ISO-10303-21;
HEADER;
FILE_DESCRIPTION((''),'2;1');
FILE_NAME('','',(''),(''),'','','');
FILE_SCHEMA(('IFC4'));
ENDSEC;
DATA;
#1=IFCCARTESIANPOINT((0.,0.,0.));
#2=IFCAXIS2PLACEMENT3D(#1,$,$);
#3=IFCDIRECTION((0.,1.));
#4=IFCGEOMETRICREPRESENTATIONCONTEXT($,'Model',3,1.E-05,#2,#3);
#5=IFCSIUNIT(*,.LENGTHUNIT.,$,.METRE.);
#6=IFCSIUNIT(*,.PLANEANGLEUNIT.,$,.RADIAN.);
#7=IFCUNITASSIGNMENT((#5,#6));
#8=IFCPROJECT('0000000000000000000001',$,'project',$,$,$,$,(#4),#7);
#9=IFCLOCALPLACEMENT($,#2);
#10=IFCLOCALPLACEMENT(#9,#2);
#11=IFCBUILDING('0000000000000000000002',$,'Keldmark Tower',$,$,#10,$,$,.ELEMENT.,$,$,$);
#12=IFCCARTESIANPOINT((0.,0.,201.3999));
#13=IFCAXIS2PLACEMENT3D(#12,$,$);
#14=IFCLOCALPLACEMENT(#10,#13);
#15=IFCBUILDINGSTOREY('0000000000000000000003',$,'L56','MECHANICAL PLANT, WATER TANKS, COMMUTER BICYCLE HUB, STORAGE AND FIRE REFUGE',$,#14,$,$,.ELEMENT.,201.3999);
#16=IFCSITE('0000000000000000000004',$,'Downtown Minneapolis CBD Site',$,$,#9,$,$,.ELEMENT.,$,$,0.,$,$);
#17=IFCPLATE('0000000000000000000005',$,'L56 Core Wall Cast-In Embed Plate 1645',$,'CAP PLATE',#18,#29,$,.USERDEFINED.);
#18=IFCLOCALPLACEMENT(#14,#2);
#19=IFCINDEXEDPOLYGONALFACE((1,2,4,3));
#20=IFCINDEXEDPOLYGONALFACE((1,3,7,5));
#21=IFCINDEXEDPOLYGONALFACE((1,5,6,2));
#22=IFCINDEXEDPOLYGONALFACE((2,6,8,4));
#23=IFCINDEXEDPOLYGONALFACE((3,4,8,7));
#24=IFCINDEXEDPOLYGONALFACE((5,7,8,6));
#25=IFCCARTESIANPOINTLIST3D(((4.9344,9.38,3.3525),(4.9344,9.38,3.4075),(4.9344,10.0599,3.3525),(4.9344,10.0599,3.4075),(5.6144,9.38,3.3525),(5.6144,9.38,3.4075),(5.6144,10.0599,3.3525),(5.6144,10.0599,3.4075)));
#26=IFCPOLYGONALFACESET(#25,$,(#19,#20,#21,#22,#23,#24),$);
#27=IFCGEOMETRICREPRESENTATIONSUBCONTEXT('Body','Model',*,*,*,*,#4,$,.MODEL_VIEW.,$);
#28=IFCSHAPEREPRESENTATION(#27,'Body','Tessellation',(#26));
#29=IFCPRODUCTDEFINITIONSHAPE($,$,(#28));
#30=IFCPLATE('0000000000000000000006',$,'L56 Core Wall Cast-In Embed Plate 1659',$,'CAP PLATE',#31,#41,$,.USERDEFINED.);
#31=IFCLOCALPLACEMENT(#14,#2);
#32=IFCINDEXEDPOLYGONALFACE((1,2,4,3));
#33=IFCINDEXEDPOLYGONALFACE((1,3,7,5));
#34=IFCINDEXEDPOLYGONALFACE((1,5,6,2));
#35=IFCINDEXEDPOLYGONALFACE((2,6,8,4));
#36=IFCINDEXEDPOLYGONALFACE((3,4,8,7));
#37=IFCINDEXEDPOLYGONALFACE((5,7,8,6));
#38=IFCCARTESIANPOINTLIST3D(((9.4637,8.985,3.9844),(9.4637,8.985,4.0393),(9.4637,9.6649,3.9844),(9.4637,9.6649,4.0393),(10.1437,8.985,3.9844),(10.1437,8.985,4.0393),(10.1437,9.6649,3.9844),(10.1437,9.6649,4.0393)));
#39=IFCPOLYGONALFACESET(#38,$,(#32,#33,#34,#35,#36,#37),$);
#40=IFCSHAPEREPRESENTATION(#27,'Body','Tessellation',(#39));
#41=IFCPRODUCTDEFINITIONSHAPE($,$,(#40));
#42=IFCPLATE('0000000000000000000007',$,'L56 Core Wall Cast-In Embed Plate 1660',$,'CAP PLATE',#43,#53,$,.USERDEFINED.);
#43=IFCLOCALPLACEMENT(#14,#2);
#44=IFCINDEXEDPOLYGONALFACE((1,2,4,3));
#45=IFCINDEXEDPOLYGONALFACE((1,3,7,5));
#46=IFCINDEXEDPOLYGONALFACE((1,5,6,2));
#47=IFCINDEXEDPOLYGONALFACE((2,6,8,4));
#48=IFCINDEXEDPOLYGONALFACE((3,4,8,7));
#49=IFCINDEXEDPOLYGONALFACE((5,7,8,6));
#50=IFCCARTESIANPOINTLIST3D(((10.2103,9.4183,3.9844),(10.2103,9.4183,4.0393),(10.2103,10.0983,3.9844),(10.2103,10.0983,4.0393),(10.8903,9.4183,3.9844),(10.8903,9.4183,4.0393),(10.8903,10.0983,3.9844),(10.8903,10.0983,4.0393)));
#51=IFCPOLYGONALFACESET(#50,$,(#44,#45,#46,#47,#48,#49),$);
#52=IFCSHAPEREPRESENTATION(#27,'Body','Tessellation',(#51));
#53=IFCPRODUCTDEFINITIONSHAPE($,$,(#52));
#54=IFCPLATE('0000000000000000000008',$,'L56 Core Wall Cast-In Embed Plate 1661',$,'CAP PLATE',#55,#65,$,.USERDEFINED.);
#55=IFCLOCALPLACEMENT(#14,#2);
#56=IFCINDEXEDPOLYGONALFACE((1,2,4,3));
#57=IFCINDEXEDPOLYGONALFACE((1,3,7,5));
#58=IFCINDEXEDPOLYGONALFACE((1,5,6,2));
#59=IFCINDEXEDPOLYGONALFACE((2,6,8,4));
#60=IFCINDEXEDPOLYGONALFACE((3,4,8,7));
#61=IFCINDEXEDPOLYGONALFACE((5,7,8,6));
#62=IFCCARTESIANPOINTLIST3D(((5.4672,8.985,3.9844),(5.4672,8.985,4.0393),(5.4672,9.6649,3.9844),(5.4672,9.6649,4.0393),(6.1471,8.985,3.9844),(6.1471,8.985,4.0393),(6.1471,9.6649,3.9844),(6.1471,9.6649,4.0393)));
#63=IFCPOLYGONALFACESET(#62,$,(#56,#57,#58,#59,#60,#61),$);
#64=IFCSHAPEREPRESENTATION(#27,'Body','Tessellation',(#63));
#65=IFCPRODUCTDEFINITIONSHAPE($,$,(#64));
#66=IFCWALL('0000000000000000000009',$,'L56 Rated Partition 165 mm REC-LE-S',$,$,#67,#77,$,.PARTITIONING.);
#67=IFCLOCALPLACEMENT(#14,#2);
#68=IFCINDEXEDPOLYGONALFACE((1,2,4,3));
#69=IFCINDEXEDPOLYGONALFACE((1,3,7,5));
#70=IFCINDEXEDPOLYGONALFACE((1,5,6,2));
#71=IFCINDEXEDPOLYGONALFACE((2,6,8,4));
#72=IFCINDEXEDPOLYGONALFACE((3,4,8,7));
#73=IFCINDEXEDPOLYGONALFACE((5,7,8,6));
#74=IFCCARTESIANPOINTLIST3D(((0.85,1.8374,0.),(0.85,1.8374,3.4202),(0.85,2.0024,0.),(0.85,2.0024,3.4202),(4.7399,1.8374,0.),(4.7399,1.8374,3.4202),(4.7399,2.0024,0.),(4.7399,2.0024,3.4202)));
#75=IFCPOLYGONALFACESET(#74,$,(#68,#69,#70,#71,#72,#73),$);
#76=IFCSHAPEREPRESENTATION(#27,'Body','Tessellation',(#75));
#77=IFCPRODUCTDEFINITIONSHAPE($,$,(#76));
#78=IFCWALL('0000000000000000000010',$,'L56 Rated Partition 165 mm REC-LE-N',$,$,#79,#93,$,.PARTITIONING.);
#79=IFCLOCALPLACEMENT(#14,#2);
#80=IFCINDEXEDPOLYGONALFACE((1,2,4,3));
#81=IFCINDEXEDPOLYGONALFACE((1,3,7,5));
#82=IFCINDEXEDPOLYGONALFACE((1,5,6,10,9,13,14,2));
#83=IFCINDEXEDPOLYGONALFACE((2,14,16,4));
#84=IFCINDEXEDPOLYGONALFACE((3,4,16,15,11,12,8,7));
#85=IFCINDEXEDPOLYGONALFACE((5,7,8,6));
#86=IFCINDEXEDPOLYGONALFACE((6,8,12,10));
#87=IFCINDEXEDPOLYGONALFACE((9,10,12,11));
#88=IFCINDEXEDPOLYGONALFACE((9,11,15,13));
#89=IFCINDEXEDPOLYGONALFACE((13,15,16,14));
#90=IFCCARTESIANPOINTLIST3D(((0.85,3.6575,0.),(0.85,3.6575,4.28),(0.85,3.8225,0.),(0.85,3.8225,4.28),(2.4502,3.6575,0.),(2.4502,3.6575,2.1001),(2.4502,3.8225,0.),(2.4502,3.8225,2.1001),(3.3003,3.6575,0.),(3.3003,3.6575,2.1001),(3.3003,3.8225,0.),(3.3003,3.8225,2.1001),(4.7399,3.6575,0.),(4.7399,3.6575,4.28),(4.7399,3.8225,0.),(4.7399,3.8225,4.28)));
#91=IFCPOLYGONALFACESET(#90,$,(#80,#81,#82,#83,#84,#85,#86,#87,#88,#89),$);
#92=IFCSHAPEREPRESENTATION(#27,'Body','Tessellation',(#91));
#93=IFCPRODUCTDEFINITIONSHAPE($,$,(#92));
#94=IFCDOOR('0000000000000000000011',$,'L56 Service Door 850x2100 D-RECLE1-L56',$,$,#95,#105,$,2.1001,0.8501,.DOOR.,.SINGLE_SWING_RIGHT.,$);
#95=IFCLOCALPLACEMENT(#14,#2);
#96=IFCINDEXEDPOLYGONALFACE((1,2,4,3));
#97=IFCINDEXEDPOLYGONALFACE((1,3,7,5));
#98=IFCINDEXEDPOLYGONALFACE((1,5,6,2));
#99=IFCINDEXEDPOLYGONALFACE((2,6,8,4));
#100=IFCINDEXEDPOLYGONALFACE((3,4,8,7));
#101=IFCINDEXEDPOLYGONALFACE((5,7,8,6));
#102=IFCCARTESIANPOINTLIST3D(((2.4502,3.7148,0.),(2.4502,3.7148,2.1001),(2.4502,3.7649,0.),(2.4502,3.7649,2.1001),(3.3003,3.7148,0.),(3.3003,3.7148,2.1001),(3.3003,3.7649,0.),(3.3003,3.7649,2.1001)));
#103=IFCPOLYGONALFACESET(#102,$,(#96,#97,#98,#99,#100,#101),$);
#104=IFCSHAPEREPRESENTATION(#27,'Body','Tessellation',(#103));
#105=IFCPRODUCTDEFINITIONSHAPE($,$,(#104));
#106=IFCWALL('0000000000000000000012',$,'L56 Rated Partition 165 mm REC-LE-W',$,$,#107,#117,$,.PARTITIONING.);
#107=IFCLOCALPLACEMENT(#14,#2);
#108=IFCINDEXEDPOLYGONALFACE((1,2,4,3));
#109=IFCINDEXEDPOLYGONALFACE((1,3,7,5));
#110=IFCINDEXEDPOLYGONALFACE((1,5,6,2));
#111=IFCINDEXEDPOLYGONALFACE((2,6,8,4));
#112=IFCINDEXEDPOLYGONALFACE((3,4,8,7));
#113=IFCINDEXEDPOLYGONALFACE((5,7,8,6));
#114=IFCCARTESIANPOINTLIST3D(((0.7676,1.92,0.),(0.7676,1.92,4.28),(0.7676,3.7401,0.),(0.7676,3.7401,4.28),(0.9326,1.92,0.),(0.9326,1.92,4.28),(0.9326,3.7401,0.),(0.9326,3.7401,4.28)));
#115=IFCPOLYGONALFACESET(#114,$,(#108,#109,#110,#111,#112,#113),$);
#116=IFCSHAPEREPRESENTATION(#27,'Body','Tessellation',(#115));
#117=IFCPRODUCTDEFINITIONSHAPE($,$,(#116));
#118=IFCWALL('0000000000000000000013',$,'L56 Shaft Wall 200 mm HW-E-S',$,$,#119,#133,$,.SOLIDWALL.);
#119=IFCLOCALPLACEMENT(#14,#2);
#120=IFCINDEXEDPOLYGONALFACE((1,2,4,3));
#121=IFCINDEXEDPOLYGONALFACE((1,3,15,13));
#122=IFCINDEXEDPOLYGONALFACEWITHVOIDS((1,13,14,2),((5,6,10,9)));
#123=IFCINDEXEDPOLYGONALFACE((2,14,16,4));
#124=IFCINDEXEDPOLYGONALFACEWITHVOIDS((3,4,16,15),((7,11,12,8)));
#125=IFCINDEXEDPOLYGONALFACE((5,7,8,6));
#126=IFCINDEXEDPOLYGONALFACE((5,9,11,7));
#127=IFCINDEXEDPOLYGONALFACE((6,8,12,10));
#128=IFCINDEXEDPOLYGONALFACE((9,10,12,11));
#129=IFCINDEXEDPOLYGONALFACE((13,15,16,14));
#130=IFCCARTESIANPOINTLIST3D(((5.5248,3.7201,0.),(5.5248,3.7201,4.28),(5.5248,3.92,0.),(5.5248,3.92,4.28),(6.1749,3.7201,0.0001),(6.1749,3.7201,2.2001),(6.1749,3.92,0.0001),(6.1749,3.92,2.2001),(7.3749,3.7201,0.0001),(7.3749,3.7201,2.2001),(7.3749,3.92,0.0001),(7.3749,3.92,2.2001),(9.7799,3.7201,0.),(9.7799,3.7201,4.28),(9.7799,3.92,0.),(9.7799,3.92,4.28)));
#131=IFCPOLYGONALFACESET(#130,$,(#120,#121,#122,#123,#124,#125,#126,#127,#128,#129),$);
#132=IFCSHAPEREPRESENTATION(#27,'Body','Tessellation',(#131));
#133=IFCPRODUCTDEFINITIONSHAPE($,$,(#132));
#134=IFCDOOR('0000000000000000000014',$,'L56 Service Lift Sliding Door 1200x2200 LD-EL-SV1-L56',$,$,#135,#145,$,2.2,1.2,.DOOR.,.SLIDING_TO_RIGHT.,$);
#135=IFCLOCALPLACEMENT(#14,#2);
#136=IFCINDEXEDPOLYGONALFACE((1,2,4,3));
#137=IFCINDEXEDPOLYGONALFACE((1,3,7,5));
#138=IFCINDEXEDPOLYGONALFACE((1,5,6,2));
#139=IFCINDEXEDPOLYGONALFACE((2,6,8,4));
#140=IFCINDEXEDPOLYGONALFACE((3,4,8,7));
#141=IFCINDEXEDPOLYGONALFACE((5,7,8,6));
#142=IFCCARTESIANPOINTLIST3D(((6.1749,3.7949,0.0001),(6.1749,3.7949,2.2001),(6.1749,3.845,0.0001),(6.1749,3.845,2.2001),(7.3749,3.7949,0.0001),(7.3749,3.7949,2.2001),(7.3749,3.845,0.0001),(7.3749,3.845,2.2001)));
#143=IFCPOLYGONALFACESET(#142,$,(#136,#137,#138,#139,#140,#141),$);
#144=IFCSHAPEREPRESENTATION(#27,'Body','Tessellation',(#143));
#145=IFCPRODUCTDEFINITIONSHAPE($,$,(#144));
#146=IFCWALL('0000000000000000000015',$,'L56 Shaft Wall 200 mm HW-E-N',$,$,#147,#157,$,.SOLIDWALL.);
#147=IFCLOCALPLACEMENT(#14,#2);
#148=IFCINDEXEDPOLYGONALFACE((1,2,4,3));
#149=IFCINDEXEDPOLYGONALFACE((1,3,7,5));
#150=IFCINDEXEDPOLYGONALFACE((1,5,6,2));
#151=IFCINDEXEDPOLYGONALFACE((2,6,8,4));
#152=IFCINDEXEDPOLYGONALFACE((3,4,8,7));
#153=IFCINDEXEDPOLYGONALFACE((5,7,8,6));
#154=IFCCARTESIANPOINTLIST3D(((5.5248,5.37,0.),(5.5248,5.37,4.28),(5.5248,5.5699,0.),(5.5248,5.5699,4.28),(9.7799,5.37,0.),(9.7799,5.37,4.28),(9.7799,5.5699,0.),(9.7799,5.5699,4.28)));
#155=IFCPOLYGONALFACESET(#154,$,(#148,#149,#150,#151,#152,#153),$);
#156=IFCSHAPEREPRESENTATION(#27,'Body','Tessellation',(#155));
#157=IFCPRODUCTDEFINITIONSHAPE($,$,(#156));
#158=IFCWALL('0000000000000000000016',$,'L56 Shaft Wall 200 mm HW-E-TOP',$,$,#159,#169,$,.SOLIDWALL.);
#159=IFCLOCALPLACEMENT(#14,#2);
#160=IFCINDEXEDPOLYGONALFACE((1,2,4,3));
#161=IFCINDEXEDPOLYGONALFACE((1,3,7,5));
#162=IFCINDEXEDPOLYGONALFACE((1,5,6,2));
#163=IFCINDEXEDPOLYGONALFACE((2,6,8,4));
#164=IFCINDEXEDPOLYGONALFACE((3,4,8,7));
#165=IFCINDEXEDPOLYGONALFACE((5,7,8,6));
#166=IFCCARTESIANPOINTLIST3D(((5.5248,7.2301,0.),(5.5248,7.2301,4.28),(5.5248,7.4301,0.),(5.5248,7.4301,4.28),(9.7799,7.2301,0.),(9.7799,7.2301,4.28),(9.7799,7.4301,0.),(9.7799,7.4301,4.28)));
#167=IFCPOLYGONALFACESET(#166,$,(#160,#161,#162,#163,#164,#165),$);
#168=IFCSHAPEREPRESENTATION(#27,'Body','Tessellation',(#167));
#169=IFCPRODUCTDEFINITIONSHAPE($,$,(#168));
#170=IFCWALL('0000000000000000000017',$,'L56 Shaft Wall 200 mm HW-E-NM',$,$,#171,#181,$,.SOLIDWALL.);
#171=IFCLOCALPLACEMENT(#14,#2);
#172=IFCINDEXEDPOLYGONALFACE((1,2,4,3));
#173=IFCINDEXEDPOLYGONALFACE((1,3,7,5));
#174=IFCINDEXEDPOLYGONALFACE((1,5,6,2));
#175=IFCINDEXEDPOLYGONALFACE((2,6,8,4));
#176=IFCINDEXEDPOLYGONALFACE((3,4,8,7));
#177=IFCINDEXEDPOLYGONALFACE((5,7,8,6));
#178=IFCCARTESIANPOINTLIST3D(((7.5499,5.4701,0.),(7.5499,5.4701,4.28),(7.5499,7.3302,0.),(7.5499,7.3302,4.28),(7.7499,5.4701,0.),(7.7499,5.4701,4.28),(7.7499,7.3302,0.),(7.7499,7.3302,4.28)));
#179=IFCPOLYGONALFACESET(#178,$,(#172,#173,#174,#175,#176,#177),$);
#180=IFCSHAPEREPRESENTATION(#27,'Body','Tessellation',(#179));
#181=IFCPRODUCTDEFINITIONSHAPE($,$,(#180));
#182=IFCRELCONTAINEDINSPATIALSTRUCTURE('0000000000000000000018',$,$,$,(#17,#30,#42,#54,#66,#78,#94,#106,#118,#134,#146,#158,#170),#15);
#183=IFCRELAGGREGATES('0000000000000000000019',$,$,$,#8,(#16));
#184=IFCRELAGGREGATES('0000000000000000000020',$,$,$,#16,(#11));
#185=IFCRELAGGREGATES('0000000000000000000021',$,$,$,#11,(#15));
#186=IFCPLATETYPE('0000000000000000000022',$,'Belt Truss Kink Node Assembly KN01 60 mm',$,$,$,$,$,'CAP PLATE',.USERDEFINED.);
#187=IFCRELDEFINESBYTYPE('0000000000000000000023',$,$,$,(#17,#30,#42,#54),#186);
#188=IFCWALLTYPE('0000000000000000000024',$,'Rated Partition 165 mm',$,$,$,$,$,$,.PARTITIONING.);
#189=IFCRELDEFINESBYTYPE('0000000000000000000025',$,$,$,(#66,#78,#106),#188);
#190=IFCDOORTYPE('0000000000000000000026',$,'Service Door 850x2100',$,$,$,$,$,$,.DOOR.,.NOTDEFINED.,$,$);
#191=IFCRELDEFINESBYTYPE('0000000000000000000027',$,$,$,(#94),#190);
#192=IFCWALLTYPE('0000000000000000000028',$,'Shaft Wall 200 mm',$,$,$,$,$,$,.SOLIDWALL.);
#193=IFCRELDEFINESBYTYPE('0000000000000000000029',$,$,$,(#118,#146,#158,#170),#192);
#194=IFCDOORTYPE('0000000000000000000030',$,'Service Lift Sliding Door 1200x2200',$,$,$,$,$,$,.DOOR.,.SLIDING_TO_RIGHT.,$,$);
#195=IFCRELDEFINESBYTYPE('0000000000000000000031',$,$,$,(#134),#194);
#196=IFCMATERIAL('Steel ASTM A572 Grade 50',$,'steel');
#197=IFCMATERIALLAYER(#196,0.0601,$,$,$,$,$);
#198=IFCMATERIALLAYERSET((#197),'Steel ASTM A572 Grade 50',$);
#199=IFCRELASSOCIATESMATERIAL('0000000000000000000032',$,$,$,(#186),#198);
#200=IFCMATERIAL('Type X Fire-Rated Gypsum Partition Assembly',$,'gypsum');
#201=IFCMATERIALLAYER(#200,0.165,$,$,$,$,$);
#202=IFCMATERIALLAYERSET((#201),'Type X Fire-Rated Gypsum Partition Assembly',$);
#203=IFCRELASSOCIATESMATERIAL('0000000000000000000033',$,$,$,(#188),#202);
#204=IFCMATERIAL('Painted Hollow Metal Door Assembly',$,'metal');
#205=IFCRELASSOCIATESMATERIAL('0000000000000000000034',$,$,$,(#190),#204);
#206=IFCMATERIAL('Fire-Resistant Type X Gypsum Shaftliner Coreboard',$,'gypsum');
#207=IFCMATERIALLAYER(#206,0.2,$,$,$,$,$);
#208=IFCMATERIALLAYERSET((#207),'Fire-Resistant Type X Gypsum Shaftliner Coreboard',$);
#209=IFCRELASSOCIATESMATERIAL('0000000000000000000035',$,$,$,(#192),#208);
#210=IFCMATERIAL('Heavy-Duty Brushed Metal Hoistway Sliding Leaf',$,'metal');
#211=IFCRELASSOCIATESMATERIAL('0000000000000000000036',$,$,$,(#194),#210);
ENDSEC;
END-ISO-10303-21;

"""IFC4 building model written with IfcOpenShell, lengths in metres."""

from ifc_helpers import new_model, si_unit, direction, frame, frame_2d, origin, origin_2d, place, context, subcontext, project, spatial, rectangle, extrude, material, layer, layer_set, type_object, element, fill, save


model = new_model("IFC4")

# Units and contexts
model_context = context("Model", 3, precision=1e-05, world=origin(), true_north=direction((0.0, 1.0)))
body_context = subcontext(model_context, "Body", "Model", "MODEL_VIEW")
ifc_project = project(units=[si_unit("LENGTHUNIT", "METRE"), si_unit("PLANEANGLEUNIT", "RADIAN")], contexts=[model_context])

# Site, building, storey
site_placement = place(None, origin())
site = spatial("IfcSite", under=ifc_project, at=site_placement, Name="Downtown Minneapolis CBD Site", CompositionType="ELEMENT", RefElevation=0.0)
building_placement = place(site_placement, origin())
building = spatial("IfcBuilding", under=site, at=building_placement, Name="Keldmark Tower", CompositionType="ELEMENT")
storey_placement = place(building_placement, frame((0.0, 0.0, 201.3999)))
storey = spatial("IfcBuildingStorey", under=building, at=storey_placement, Name="L56", Description="MECHANICAL PLANT, WATER TANKS, COMMUTER BICYCLE HUB, STORAGE AND FIRE REFUGE", CompositionType="ELEMENT", Elevation=201.3999)

# Plates
ifc_material_1 = material(Name="Steel ASTM A572 Grade 50", Category="steel")
ifc_layer_1 = layer(ifc_material_1, 0.0601)
ifc_layer_set_1 = layer_set([ifc_layer_1], Name="Steel ASTM A572 Grade 50")
plate_type = type_object("IfcPlateType", Name="Belt Truss Kink Node Assembly KN01 60 mm", ElementType="CAP PLATE", PredefinedType="USERDEFINED", material=ifc_layer_set_1)
for number, where, z_axis, x_axis, name in (
    (1, (5.2744, 9.72, 3.3525), (0.0, 0.0, 1.0), (1.0, 0.0, 0.0), "L56 Core Wall Cast-In Embed Plate 1645"),
    (2, (9.8037, 9.325, 3.9844), (0.0, 0.0, 1.0), (1.0, 0.0, 0.0), "L56 Core Wall Cast-In Embed Plate 1659"),
    (3, (10.5503, 9.7583, 3.9844), (0.0, 0.0, 1.0), (1.0, 0.0, 0.0), "L56 Core Wall Cast-In Embed Plate 1660"),
    (4, (5.8071, 9.325, 3.9844), (0.0, 0.0, 1.0), (1.0, 0.0, 0.0), "L56 Core Wall Cast-In Embed Plate 1661"),
):
    element("IfcPlate", number, at=place(storey_placement, frame(where, z_axis=z_axis, x_axis=x_axis)), inside=storey, type_object=plate_type, Name=name, ObjectType="CAP PLATE", PredefinedType="USERDEFINED", context=body_context, shape_type="SweptSolid", body=[
        extrude(rectangle(XDim=0.6799, YDim=0.6799, at=origin_2d()), origin(), (0.0, 0.0, 1.0), 0.0549),
    ])

# Wall
ifc_material_2 = material(Name="Type X Fire-Rated Gypsum Partition Assembly", Category="gypsum")
ifc_layer_2 = layer(ifc_material_2, 0.165)
ifc_layer_set_2 = layer_set([ifc_layer_2], Name="Type X Fire-Rated Gypsum Partition Assembly")
wall_type_1 = type_object("IfcWallType", Name="Rated Partition 165 mm", PredefinedType="PARTITIONING", material=ifc_layer_set_2)
wall_1_placement = place(storey_placement, frame((0.8501, 1.9199, 0.0), z_axis=(0.0, 0.0, 1.0), x_axis=(1.0, 0.0, 0.0)))
element("IfcWall", 5, at=wall_1_placement, inside=storey, type_object=wall_type_1, Name="L56 Rated Partition 165 mm REC-LE-S", PredefinedType="PARTITIONING", context=body_context, shape_type="SweptSolid", body=[
    extrude(rectangle(XDim=3.8899, YDim=0.165, at=frame_2d((1.9448, 0.0))), origin(), (0.0, 0.0, 1.0), 3.4202),
])

# Wall, opening, door
wall_2_placement = place(storey_placement, frame((0.8501, 3.74, 0.0), z_axis=(0.0, 0.0, 1.0), x_axis=(1.0, 0.0, 0.0)))
wall_2 = element("IfcWall", 6, at=wall_2_placement, inside=storey, type_object=wall_type_1, Name="L56 Rated Partition 165 mm REC-LE-N", PredefinedType="PARTITIONING", context=body_context, shape_type="SweptSolid", body=[
    extrude(rectangle(XDim=3.8899, YDim=0.165, at=frame_2d((1.9448, 0.0))), origin(), (0.0, 0.0, 1.0), 4.28),
])
opening_1_placement = place(wall_2_placement, frame((1.6001, 0.0, 0.0)))
opening_1 = element("IfcOpeningElement", 7, at=opening_1_placement, cuts=wall_2, PredefinedType="OPENING", context=body_context, shape_type="SweptSolid", body=[
    extrude(rectangle(XDim=0.8501, YDim=2.1001, at=frame_2d((0.425, 1.05))), frame((0.0, 0.0925, 0.0), z_axis=(0.0, -1.0, 0.0), x_axis=(1.0, 0.0, 0.0)), (0.0, 0.0, 1.0), 0.1851),
])
ifc_material_3 = material(Name="Painted Hollow Metal Door Assembly", Category="metal")
door_type_1 = type_object("IfcDoorType", Name="Service Door 850x2100", OperationType="NOTDEFINED", PredefinedType="DOOR", material=ifc_material_3)
door_1_placement = place(opening_1_placement, origin())
door_1 = element("IfcDoor", 8, at=door_1_placement, inside=storey, type_object=door_type_1, Name="L56 Service Door 850x2100 D-RECLE1-L56", OperationType="SINGLE_SWING_RIGHT", OverallHeight=2.1001, OverallWidth=0.8501, PredefinedType="DOOR", context=body_context, shape_type="SweptSolid", body=[
    extrude(rectangle(XDim=0.8501, YDim=2.1001, at=frame_2d((0.425, 1.05))), frame((0.0, 0.0249, 0.0), z_axis=(0.0, -1.0, 0.0), x_axis=(1.0, 0.0, 0.0)), (0.0, 0.0, 1.0), 0.05),
])
fill(opening_1, door_1)

# Wall
wall_3_placement = place(storey_placement, frame((0.8501, 1.9199, 0.0), z_axis=(0.0, 0.0, 1.0), x_axis=(0.0, 1.0, 0.0)))
element("IfcWall", 9, at=wall_3_placement, inside=storey, type_object=wall_type_1, Name="L56 Rated Partition 165 mm REC-LE-W", PredefinedType="PARTITIONING", context=body_context, shape_type="SweptSolid", body=[
    extrude(rectangle(XDim=1.8201, YDim=0.165, at=frame_2d((0.9102, 0.0))), origin(), (0.0, 0.0, 1.0), 4.28),
])

# Wall, opening, door
ifc_material_4 = material(Name="Fire-Resistant Type X Gypsum Shaftliner Coreboard", Category="gypsum")
ifc_layer_3 = layer(ifc_material_4, 0.2)
ifc_layer_set_3 = layer_set([ifc_layer_3], Name="Fire-Resistant Type X Gypsum Shaftliner Coreboard")
wall_type_2 = type_object("IfcWallType", Name="Shaft Wall 200 mm", PredefinedType="SOLIDWALL", material=ifc_layer_set_3)
wall_4_placement = place(storey_placement, frame((5.5249, 3.8201, 0.0), z_axis=(0.0, 0.0, 1.0), x_axis=(1.0, 0.0, 0.0)))
wall_4 = element("IfcWall", 10, at=wall_4_placement, inside=storey, type_object=wall_type_2, Name="L56 Shaft Wall 200 mm HW-E-S", PredefinedType="SOLIDWALL", context=body_context, shape_type="SweptSolid", body=[
    extrude(rectangle(XDim=4.2551, YDim=0.2, at=frame_2d((2.1274, 0.0))), origin(), (0.0, 0.0, 1.0), 4.28),
])
opening_2_placement = place(wall_4_placement, frame((0.6499, 0.0, 0.0)))
opening_2 = element("IfcOpeningElement", 11, at=opening_2_placement, cuts=wall_4, PredefinedType="OPENING", context=body_context, shape_type="SweptSolid", body=[
    extrude(rectangle(XDim=1.2, YDim=2.2, at=frame_2d((0.6001, 1.1001))), frame((0.0, 0.1099, 0.0), z_axis=(0.0, -1.0, 0.0), x_axis=(1.0, 0.0, 0.0)), (0.0, 0.0, 1.0), 0.22),
])
ifc_material_5 = material(Name="Heavy-Duty Brushed Metal Hoistway Sliding Leaf", Category="metal")
door_type_2 = type_object("IfcDoorType", Name="Service Lift Sliding Door 1200x2200", OperationType="SLIDING_TO_RIGHT", PredefinedType="DOOR", material=ifc_material_5)
door_2_placement = place(opening_2_placement, origin())
door_2 = element("IfcDoor", 12, at=door_2_placement, inside=storey, type_object=door_type_2, Name="L56 Service Lift Sliding Door 1200x2200 LD-EL-SV1-L56", OperationType="SLIDING_TO_RIGHT", OverallHeight=2.2, OverallWidth=1.2, PredefinedType="DOOR", context=body_context, shape_type="SweptSolid", body=[
    extrude(rectangle(XDim=1.2, YDim=2.2, at=frame_2d((0.6001, 1.1001))), frame((0.0, 0.0249, 0.0), z_axis=(0.0, -1.0, 0.0), x_axis=(1.0, 0.0, 0.0)), (0.0, 0.0, 1.0), 0.05),
])
fill(opening_2, door_2)

# Walls
for number, where, z_axis, x_axis, name in (
    (13, (5.5249, 5.47, 0.0), (0.0, 0.0, 1.0), (1.0, 0.0, 0.0), "L56 Shaft Wall 200 mm HW-E-N"),
    (14, (5.5249, 7.3301, 0.0), (0.0, 0.0, 1.0), (1.0, 0.0, 0.0), "L56 Shaft Wall 200 mm HW-E-TOP"),
):
    element("IfcWall", number, at=place(storey_placement, frame(where, z_axis=z_axis, x_axis=x_axis)), inside=storey, type_object=wall_type_2, Name=name, PredefinedType="SOLIDWALL", context=body_context, shape_type="SweptSolid", body=[
        extrude(rectangle(XDim=4.2551, YDim=0.2, at=frame_2d((2.1274, 0.0))), origin(), (0.0, 0.0, 1.0), 4.28),
    ])
wall_5_placement = place(storey_placement, frame((7.6499, 5.47, 0.0), z_axis=(0.0, 0.0, 1.0), x_axis=(0.0, 1.0, 0.0)))
element("IfcWall", 15, at=wall_5_placement, inside=storey, type_object=wall_type_2, Name="L56 Shaft Wall 200 mm HW-E-NM", PredefinedType="SOLIDWALL", context=body_context, shape_type="SweptSolid", body=[
    extrude(rectangle(XDim=1.8601, YDim=0.2, at=frame_2d((0.9302, 0.0))), origin(), (0.0, 0.0, 1.0), 4.28),
])

save(model, "model.ifc")
